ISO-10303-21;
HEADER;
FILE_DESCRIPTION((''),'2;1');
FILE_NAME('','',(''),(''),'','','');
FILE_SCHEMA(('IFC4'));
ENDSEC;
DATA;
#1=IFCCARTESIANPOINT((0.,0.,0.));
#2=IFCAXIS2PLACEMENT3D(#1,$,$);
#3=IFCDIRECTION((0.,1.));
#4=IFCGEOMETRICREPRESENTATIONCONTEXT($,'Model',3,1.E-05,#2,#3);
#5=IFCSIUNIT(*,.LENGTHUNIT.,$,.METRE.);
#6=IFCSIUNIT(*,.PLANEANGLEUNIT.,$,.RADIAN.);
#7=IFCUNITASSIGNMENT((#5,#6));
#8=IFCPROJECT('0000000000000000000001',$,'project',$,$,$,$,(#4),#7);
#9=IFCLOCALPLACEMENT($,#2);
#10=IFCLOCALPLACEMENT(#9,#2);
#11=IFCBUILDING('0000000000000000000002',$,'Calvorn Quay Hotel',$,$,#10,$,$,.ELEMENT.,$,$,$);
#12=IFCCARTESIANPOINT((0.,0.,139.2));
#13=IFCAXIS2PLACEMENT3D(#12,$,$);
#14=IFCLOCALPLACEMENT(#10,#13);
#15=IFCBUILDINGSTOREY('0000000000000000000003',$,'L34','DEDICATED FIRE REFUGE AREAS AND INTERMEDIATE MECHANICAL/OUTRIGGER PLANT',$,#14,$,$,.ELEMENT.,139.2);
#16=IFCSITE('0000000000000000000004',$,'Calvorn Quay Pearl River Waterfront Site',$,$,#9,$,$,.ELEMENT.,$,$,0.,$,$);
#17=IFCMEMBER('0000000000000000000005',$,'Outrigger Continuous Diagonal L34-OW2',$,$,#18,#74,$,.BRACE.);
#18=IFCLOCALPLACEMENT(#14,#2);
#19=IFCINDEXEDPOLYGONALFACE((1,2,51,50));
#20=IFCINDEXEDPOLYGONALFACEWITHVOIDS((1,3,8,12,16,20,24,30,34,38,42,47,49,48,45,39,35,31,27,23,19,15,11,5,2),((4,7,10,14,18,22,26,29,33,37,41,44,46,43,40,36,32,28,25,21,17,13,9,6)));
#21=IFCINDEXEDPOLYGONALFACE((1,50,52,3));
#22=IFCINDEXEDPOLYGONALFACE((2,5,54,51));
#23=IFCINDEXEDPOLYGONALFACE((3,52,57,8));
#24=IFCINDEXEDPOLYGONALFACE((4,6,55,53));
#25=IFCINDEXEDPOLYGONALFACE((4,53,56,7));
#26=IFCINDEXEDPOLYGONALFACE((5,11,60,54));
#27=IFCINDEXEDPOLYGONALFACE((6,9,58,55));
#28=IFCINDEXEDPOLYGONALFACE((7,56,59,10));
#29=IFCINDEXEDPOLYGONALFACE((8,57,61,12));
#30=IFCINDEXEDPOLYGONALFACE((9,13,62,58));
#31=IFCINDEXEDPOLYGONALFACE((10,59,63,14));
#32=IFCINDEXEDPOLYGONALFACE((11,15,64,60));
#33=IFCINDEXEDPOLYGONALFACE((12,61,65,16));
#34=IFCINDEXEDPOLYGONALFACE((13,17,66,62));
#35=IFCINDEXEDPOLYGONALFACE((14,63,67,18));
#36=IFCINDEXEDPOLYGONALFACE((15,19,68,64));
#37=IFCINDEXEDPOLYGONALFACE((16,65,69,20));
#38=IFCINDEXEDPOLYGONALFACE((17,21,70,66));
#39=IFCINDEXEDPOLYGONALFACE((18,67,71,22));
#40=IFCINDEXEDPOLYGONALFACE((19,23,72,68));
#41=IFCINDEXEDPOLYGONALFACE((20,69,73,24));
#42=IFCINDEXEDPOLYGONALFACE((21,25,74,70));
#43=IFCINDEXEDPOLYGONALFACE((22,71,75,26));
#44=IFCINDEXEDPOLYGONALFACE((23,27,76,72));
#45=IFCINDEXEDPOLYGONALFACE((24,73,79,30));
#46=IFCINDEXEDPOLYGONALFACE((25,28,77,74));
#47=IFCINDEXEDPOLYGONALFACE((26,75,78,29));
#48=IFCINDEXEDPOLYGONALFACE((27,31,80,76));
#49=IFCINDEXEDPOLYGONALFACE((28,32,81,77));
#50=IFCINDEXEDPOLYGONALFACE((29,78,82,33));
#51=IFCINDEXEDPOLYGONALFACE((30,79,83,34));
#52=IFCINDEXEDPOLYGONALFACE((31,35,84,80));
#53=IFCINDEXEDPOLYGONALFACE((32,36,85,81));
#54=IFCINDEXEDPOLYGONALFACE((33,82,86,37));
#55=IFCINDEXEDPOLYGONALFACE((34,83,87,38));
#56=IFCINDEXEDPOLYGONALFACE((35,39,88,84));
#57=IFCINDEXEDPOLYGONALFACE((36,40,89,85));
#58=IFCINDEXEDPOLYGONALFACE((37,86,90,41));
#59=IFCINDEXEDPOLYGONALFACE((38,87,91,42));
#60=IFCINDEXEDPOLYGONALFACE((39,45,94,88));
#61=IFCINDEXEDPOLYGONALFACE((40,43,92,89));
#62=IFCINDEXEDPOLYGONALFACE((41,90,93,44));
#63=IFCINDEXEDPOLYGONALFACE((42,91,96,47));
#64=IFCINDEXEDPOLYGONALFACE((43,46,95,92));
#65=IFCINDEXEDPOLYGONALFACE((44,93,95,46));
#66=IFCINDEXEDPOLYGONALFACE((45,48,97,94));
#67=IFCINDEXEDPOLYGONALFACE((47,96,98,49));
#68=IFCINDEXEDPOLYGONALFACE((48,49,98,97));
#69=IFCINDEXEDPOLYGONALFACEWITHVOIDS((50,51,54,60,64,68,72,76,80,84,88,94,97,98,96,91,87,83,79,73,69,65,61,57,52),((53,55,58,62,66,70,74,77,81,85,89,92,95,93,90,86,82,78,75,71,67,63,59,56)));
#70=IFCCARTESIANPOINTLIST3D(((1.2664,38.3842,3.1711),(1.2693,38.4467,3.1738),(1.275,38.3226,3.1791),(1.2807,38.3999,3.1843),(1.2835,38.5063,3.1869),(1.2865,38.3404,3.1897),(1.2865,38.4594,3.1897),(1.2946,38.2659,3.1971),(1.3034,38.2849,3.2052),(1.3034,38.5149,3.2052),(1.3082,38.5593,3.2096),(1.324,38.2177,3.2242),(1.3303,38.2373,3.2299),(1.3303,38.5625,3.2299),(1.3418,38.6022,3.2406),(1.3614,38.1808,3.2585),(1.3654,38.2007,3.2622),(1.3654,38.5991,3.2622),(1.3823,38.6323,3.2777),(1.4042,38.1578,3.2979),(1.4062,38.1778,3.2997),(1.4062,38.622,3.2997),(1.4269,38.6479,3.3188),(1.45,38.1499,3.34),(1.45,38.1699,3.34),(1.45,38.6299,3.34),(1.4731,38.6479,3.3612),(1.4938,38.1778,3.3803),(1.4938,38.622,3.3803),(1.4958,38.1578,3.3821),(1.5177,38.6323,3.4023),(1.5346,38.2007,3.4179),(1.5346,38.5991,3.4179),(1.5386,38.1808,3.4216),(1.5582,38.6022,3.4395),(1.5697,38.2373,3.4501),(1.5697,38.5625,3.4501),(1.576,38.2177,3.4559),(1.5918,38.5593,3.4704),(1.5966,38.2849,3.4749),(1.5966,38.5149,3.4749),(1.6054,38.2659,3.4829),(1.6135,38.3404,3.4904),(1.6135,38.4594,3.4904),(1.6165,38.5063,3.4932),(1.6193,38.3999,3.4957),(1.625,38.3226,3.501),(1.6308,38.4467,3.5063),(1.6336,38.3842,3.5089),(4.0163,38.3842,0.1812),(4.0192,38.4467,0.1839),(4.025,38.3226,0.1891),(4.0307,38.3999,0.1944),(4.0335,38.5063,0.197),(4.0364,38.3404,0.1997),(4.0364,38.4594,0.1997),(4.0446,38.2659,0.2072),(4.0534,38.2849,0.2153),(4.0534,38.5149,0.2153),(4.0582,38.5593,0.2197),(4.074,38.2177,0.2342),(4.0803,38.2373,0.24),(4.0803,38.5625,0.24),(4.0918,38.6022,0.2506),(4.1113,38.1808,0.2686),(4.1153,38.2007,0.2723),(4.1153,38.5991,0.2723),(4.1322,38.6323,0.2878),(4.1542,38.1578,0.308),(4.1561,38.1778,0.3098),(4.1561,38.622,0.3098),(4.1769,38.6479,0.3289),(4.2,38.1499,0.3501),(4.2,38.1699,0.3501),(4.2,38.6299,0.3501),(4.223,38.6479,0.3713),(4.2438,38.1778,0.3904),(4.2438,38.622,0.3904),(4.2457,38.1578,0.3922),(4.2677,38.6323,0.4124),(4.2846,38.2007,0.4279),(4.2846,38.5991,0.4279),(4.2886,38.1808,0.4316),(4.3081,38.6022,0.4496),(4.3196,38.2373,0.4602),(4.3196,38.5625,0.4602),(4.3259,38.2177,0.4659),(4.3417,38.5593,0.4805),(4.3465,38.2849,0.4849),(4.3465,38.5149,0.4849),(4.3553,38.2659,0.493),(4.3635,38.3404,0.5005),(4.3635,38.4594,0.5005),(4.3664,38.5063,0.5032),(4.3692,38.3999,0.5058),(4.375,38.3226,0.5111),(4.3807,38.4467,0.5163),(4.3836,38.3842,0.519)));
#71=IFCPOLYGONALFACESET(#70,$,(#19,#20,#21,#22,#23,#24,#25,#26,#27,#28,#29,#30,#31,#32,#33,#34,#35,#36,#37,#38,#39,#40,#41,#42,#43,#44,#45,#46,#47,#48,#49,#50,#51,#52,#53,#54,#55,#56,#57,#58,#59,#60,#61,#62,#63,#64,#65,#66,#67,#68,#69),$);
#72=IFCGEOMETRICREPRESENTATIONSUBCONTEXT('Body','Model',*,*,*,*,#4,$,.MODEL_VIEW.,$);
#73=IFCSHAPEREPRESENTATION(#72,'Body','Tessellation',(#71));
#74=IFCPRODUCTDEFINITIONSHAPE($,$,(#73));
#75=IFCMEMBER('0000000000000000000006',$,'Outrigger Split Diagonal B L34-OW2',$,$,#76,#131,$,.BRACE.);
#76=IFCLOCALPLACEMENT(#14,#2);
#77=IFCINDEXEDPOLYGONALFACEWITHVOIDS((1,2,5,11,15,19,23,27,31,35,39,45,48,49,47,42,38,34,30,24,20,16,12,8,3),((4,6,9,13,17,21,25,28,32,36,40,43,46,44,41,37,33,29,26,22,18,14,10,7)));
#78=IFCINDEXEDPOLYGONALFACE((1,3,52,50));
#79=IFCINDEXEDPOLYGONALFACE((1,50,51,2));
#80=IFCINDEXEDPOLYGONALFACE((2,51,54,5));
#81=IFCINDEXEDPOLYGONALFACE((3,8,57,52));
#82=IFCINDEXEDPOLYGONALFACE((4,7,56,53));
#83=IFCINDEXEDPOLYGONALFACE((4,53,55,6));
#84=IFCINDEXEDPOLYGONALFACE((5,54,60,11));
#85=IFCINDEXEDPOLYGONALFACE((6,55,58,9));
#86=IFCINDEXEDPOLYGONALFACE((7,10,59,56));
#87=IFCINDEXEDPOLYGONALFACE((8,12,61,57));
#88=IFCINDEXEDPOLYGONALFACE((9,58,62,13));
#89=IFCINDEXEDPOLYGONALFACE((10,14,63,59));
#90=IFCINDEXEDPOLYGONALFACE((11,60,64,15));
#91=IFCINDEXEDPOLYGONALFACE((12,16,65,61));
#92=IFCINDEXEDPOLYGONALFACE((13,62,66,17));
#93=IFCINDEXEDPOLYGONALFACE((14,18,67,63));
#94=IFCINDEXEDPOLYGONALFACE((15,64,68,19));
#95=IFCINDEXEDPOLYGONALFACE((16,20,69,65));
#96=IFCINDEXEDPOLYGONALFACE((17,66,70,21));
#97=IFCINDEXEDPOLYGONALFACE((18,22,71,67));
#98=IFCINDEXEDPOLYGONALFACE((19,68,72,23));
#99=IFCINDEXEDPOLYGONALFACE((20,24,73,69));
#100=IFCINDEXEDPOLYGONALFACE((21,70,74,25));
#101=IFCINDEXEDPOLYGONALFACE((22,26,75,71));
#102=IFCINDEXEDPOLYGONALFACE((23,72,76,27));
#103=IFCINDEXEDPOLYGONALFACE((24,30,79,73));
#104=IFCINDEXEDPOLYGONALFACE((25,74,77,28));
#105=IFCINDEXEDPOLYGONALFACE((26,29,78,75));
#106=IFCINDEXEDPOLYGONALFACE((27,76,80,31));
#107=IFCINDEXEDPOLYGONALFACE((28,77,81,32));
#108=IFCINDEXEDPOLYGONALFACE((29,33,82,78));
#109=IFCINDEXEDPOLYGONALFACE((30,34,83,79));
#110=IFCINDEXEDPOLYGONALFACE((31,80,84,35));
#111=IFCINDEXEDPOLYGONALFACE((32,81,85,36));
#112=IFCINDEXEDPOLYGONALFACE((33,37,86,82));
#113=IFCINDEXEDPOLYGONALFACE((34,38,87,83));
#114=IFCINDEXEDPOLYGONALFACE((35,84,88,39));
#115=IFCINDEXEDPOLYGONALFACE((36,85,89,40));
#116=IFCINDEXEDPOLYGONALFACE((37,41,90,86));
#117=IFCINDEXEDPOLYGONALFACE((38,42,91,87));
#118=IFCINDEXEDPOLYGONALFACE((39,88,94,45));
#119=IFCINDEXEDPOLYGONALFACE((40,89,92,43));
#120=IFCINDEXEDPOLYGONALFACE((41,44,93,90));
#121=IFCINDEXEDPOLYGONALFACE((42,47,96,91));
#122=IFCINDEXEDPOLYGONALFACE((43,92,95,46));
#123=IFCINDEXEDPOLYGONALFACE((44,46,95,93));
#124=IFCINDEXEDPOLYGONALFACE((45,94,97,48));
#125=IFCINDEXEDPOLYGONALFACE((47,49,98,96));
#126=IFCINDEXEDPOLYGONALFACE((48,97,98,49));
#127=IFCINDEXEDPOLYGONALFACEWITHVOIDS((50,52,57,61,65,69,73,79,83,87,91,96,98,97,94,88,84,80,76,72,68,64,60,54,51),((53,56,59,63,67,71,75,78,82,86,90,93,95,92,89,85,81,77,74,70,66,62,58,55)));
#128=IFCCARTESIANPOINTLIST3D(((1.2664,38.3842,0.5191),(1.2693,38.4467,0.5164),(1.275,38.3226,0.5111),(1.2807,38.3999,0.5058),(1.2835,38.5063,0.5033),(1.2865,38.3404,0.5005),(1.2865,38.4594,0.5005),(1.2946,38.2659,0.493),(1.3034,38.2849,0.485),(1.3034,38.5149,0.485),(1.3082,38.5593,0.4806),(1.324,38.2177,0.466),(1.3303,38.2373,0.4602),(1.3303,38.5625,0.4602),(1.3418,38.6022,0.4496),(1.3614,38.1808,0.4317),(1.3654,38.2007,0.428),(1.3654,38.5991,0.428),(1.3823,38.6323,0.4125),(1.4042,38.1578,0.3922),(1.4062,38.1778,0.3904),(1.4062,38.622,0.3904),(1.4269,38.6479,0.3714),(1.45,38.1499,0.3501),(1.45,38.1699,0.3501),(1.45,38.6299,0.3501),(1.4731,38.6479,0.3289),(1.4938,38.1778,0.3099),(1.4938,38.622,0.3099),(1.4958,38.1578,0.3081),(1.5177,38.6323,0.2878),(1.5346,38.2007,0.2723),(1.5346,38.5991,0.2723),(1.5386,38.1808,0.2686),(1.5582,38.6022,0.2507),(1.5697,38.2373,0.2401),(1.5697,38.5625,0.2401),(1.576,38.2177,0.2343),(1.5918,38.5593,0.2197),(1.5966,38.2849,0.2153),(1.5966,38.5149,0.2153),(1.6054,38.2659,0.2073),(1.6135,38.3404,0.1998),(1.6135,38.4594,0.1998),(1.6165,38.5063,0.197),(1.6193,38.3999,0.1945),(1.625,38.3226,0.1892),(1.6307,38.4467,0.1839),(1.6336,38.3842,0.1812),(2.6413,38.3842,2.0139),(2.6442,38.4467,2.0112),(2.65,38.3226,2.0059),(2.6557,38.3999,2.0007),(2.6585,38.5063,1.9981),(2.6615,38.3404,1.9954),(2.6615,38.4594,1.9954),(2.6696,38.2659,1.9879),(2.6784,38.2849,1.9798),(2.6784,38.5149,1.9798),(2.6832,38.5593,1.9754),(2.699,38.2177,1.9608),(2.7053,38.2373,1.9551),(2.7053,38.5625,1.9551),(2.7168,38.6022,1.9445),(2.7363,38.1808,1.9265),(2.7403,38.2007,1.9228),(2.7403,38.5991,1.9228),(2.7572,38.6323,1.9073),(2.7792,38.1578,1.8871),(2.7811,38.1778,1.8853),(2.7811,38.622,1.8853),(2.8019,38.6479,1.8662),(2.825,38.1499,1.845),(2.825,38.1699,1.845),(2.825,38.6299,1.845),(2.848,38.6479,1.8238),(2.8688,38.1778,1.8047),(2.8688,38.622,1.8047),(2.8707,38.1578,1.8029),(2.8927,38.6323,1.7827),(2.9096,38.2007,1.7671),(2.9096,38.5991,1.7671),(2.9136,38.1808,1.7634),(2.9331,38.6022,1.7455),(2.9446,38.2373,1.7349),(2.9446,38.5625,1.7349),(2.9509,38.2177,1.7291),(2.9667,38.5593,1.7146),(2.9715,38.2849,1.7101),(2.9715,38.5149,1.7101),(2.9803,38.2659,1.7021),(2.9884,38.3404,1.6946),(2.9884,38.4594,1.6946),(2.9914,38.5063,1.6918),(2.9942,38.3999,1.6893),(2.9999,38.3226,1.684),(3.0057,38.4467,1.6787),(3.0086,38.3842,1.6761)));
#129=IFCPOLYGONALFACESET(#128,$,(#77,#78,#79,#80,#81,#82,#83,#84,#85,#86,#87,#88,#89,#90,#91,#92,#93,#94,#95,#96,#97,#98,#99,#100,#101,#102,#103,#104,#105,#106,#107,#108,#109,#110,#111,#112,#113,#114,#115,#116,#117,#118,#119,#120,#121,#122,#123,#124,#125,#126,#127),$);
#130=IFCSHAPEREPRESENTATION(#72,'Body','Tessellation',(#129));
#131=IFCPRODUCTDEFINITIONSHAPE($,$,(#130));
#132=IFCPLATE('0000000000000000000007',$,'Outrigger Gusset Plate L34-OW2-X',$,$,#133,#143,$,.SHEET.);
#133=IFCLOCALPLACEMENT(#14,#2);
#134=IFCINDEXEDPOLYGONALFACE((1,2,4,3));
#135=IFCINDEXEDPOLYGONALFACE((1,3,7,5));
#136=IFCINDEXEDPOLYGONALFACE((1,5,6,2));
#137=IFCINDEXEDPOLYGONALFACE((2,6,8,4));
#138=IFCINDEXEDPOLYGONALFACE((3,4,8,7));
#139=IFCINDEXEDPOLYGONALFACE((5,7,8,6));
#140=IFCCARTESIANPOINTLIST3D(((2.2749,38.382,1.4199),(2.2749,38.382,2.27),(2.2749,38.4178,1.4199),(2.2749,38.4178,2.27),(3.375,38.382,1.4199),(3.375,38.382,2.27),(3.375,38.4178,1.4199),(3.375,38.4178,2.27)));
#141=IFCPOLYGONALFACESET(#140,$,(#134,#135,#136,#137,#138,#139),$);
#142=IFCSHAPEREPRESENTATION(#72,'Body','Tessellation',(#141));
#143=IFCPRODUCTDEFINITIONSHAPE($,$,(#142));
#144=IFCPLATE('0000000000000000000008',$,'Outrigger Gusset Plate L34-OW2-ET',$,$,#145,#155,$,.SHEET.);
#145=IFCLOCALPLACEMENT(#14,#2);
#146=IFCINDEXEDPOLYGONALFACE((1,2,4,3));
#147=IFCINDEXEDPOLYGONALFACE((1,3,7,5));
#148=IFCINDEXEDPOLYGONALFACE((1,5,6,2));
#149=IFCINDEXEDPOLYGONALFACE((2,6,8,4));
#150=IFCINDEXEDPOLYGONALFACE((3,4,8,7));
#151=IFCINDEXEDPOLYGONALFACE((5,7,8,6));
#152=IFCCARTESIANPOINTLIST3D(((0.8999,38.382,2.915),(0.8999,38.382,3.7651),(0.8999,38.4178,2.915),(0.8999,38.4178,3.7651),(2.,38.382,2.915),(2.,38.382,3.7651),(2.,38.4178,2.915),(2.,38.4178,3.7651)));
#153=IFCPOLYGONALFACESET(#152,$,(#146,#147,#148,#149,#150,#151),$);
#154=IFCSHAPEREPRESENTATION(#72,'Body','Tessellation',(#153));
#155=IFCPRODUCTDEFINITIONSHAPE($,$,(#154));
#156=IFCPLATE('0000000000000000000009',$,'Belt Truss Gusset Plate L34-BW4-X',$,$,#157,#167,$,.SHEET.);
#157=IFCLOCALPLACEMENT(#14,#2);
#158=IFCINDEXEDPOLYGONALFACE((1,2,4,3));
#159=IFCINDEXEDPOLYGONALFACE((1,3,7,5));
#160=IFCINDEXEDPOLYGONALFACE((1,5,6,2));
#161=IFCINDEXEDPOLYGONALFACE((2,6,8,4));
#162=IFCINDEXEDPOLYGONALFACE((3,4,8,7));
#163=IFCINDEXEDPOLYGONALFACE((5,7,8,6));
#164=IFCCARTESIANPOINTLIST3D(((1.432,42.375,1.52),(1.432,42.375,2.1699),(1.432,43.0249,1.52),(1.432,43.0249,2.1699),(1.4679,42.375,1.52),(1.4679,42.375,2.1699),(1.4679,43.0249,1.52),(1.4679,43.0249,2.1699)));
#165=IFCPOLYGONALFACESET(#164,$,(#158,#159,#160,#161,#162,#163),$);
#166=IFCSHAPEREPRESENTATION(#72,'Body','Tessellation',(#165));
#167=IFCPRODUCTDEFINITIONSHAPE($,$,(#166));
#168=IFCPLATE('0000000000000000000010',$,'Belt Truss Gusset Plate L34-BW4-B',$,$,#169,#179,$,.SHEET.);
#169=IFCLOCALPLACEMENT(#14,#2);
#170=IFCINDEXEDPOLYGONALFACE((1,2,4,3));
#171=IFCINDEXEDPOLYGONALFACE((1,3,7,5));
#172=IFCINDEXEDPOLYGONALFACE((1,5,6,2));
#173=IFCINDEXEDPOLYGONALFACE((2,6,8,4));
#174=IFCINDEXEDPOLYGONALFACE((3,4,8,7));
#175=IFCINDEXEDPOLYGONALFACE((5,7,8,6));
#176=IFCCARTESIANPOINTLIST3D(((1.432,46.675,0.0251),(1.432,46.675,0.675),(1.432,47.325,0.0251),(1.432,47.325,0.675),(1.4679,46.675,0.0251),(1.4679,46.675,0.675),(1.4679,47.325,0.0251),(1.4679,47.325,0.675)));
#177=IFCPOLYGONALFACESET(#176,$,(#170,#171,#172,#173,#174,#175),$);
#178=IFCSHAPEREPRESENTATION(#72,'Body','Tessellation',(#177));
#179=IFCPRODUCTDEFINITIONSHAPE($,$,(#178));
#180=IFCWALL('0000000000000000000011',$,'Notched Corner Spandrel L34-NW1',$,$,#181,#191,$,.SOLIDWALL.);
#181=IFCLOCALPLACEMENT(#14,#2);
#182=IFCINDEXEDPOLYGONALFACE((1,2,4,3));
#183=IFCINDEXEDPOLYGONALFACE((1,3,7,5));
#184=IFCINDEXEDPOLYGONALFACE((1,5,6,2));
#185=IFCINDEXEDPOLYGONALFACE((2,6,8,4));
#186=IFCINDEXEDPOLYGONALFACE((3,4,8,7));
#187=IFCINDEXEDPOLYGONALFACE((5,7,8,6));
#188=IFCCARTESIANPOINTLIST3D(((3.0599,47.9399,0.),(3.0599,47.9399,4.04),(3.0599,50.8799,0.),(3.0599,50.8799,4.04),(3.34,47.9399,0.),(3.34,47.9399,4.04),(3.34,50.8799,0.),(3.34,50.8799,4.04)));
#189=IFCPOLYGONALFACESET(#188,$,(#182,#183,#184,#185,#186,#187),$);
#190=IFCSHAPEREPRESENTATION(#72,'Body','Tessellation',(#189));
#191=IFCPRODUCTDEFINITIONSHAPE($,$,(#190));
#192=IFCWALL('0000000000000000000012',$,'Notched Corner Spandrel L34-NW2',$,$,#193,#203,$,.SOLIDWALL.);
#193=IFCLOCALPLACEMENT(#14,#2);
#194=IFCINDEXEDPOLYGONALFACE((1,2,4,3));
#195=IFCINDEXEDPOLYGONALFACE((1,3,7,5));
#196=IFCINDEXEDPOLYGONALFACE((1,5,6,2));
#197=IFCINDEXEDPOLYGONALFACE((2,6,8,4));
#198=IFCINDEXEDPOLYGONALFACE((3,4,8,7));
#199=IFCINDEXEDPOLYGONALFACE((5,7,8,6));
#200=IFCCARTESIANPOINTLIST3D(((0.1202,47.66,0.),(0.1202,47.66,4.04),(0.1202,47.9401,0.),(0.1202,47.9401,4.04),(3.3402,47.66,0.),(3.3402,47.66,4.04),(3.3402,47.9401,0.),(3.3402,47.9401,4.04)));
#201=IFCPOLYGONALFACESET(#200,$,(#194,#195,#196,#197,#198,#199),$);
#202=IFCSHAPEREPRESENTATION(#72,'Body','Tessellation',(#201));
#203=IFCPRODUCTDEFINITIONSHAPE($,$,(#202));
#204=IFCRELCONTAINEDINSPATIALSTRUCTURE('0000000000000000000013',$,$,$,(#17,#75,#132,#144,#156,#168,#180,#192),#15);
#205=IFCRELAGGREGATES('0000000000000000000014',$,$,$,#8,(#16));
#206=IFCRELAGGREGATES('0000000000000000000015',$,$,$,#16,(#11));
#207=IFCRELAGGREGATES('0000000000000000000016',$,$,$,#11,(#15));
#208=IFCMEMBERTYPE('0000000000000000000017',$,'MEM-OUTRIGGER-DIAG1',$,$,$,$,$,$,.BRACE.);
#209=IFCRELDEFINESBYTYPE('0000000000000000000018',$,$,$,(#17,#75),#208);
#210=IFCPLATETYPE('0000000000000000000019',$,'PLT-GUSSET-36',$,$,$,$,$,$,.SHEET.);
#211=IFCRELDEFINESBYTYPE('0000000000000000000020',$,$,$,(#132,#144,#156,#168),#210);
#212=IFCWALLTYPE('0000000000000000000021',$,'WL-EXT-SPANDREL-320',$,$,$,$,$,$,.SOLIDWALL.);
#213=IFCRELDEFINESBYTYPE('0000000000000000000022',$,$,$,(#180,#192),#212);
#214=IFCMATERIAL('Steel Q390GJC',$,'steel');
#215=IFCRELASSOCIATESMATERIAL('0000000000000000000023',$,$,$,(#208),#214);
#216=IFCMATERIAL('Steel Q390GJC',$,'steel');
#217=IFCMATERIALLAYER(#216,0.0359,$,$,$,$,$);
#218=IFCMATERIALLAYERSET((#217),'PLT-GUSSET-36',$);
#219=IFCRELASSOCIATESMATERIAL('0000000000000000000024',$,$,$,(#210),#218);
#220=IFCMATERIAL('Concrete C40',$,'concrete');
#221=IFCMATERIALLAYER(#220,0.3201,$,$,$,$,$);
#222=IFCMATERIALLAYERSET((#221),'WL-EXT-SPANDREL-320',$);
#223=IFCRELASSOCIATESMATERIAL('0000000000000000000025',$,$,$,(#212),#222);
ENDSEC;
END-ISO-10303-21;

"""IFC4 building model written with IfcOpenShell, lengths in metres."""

from ifc_helpers import new_model, si_unit, direction, frame, frame_2d, origin, origin_2d, place, context, subcontext, project, spatial, rectangle, hollow_circle, extrude, material, layer, layer_set, material_profile, profile_set, type_object, element, save


model = new_model("IFC4")

# Units and contexts
model_context = context("Model", 3, precision=1e-05, world=origin(), true_north=direction((0.0, 1.0)))
body_context = subcontext(model_context, "Body", "Model", "MODEL_VIEW")
ifc_project = project(units=[si_unit("LENGTHUNIT", "METRE"), si_unit("PLANEANGLEUNIT", "RADIAN")], contexts=[model_context])

# Site, building, storey
site_placement = place(None, origin())
site = spatial("IfcSite", under=ifc_project, at=site_placement, Name="Calvorn Quay Pearl River Waterfront Site", CompositionType="ELEMENT", RefElevation=0.0)
building_placement = place(site_placement, origin())
building = spatial("IfcBuilding", under=site, at=building_placement, Name="Calvorn Quay Hotel", CompositionType="ELEMENT")
storey_placement = place(building_placement, frame((0.0, 0.0, 139.2)))
storey = spatial("IfcBuildingStorey", under=building, at=storey_placement, Name="L34", Description="DEDICATED FIRE REFUGE AREAS AND INTERMEDIATE MECHANICAL/OUTRIGGER PLANT", CompositionType="ELEMENT", Elevation=139.2)

# Members
ifc_material_1 = material(Name="Steel Q390GJC", Category="steel")
ifc_material_profile_1 = material_profile(ifc_material_1, hollow_circle(Radius=0.25, WallThickness=0.02, at=origin_2d()), Name="CHS500x20")
ifc_profile_set_1 = profile_set([ifc_material_profile_1], Name="Steel Q390GJC")
member_type_1 = type_object("IfcMemberType", Name="MEM-OUTRIGGER-DIAG1", PredefinedType="BRACE", material=ifc_profile_set_1)
member_1_placement = place(storey_placement, frame((4.2, 38.3999, 0.3501), z_axis=(-0.676951, 0.0, 0.736028), x_axis=(0.0, -1.0, 0.0)))
element("IfcMember", 1, at=member_1_placement, inside=storey, type_object=member_type_1, Name="Outrigger Continuous Diagonal L34-OW2", PredefinedType="BRACE", context=body_context, shape_type="SweptSolid", body=[
    extrude(hollow_circle(Radius=0.25, WallThickness=0.02, at=origin_2d()), origin(), (0.0, 0.0, 1.0), 4.0623),
])
member_2_placement = place(storey_placement, frame((2.825, 38.3999, 1.845), z_axis=(-0.676981, 0.0, -0.736), x_axis=(0.0, -1.0, 0.0)))
element("IfcMember", 2, at=member_2_placement, inside=storey, type_object=member_type_1, Name="Outrigger Split Diagonal B L34-OW2", PredefinedType="BRACE", context=body_context, shape_type="SweptSolid", body=[
    extrude(hollow_circle(Radius=0.25, WallThickness=0.02, at=origin_2d()), origin(), (0.0, 0.0, 1.0), 2.031),
])

# Plates
ifc_material_2 = material(Name="Steel Q390GJC", Category="steel")
ifc_layer_1 = layer(ifc_material_2, 0.0359)
ifc_layer_set_1 = layer_set([ifc_layer_1], Name="PLT-GUSSET-36")
plate_type = type_object("IfcPlateType", Name="PLT-GUSSET-36", PredefinedType="SHEET", material=ifc_layer_set_1)
for number, where, z_axis, x_axis, name in (
    (3, (2.825, 38.3999, 1.4199), (0.0, 0.0, 1.0), (-1.0, 0.0, 0.0), "Outrigger Gusset Plate L34-OW2-X"),
    (4, (1.45, 38.3999, 2.915), (0.0, 0.0, 1.0), (-1.0, 0.0, 0.0), "Outrigger Gusset Plate L34-OW2-ET"),
):
    element("IfcPlate", number, at=place(storey_placement, frame(where, z_axis=z_axis, x_axis=x_axis)), inside=storey, type_object=plate_type, Name=name, PredefinedType="SHEET", context=body_context, shape_type="SweptSolid", body=[
        extrude(rectangle(XDim=1.1001, YDim=0.0359, at=origin_2d()), origin(), (0.0, 0.0, 1.0), 0.8501),
    ])
for number, where, z_axis, x_axis, name in (
    (5, (1.45, 42.7, 1.52), (0.0, 0.0, 1.0), (0.0, 1.0, 0.0), "Belt Truss Gusset Plate L34-BW4-X"),
    (6, (1.45, 47.0, 0.0251), (0.0, 0.0, 1.0), (0.0, 1.0, 0.0), "Belt Truss Gusset Plate L34-BW4-B"),
):
    element("IfcPlate", number, at=place(storey_placement, frame(where, z_axis=z_axis, x_axis=x_axis)), inside=storey, type_object=plate_type, Name=name, PredefinedType="SHEET", context=body_context, shape_type="SweptSolid", body=[
        extrude(rectangle(XDim=0.6499, YDim=0.0359, at=origin_2d()), origin(), (0.0, 0.0, 1.0), 0.6499),
    ])

# Walls
ifc_material_3 = material(Name="Concrete C40", Category="concrete")
ifc_layer_2 = layer(ifc_material_3, 0.3201)
ifc_layer_set_2 = layer_set([ifc_layer_2], Name="WL-EXT-SPANDREL-320")
wall_type = type_object("IfcWallType", Name="WL-EXT-SPANDREL-320", PredefinedType="SOLIDWALL", material=ifc_layer_set_2)
wall_1_placement = place(storey_placement, frame((3.2, 50.8799, 0.0), z_axis=(0.0, 0.0, 1.0), x_axis=(0.0, -1.0, 0.0)))
element("IfcWall", 7, at=wall_1_placement, inside=storey, type_object=wall_type, Name="Notched Corner Spandrel L34-NW1", PredefinedType="SOLIDWALL", context=body_context, shape_type="SweptSolid", body=[
    extrude(rectangle(XDim=2.9399, YDim=0.28, at=frame_2d((1.47, 0.0))), origin(), (0.0, 0.0, 1.0), 4.04),
])
wall_2_placement = place(storey_placement, frame((3.3401, 47.8, 0.0), z_axis=(0.0, 0.0, 1.0), x_axis=(-1.0, 0.0, 0.0)))
element("IfcWall", 8, at=wall_2_placement, inside=storey, type_object=wall_type, Name="Notched Corner Spandrel L34-NW2", PredefinedType="SOLIDWALL", context=body_context, shape_type="SweptSolid", body=[
    extrude(rectangle(XDim=3.22, YDim=0.28, at=frame_2d((1.6099, 0.0))), origin(), (0.0, 0.0, 1.0), 4.04),
])

save(model, "model.ifc")
